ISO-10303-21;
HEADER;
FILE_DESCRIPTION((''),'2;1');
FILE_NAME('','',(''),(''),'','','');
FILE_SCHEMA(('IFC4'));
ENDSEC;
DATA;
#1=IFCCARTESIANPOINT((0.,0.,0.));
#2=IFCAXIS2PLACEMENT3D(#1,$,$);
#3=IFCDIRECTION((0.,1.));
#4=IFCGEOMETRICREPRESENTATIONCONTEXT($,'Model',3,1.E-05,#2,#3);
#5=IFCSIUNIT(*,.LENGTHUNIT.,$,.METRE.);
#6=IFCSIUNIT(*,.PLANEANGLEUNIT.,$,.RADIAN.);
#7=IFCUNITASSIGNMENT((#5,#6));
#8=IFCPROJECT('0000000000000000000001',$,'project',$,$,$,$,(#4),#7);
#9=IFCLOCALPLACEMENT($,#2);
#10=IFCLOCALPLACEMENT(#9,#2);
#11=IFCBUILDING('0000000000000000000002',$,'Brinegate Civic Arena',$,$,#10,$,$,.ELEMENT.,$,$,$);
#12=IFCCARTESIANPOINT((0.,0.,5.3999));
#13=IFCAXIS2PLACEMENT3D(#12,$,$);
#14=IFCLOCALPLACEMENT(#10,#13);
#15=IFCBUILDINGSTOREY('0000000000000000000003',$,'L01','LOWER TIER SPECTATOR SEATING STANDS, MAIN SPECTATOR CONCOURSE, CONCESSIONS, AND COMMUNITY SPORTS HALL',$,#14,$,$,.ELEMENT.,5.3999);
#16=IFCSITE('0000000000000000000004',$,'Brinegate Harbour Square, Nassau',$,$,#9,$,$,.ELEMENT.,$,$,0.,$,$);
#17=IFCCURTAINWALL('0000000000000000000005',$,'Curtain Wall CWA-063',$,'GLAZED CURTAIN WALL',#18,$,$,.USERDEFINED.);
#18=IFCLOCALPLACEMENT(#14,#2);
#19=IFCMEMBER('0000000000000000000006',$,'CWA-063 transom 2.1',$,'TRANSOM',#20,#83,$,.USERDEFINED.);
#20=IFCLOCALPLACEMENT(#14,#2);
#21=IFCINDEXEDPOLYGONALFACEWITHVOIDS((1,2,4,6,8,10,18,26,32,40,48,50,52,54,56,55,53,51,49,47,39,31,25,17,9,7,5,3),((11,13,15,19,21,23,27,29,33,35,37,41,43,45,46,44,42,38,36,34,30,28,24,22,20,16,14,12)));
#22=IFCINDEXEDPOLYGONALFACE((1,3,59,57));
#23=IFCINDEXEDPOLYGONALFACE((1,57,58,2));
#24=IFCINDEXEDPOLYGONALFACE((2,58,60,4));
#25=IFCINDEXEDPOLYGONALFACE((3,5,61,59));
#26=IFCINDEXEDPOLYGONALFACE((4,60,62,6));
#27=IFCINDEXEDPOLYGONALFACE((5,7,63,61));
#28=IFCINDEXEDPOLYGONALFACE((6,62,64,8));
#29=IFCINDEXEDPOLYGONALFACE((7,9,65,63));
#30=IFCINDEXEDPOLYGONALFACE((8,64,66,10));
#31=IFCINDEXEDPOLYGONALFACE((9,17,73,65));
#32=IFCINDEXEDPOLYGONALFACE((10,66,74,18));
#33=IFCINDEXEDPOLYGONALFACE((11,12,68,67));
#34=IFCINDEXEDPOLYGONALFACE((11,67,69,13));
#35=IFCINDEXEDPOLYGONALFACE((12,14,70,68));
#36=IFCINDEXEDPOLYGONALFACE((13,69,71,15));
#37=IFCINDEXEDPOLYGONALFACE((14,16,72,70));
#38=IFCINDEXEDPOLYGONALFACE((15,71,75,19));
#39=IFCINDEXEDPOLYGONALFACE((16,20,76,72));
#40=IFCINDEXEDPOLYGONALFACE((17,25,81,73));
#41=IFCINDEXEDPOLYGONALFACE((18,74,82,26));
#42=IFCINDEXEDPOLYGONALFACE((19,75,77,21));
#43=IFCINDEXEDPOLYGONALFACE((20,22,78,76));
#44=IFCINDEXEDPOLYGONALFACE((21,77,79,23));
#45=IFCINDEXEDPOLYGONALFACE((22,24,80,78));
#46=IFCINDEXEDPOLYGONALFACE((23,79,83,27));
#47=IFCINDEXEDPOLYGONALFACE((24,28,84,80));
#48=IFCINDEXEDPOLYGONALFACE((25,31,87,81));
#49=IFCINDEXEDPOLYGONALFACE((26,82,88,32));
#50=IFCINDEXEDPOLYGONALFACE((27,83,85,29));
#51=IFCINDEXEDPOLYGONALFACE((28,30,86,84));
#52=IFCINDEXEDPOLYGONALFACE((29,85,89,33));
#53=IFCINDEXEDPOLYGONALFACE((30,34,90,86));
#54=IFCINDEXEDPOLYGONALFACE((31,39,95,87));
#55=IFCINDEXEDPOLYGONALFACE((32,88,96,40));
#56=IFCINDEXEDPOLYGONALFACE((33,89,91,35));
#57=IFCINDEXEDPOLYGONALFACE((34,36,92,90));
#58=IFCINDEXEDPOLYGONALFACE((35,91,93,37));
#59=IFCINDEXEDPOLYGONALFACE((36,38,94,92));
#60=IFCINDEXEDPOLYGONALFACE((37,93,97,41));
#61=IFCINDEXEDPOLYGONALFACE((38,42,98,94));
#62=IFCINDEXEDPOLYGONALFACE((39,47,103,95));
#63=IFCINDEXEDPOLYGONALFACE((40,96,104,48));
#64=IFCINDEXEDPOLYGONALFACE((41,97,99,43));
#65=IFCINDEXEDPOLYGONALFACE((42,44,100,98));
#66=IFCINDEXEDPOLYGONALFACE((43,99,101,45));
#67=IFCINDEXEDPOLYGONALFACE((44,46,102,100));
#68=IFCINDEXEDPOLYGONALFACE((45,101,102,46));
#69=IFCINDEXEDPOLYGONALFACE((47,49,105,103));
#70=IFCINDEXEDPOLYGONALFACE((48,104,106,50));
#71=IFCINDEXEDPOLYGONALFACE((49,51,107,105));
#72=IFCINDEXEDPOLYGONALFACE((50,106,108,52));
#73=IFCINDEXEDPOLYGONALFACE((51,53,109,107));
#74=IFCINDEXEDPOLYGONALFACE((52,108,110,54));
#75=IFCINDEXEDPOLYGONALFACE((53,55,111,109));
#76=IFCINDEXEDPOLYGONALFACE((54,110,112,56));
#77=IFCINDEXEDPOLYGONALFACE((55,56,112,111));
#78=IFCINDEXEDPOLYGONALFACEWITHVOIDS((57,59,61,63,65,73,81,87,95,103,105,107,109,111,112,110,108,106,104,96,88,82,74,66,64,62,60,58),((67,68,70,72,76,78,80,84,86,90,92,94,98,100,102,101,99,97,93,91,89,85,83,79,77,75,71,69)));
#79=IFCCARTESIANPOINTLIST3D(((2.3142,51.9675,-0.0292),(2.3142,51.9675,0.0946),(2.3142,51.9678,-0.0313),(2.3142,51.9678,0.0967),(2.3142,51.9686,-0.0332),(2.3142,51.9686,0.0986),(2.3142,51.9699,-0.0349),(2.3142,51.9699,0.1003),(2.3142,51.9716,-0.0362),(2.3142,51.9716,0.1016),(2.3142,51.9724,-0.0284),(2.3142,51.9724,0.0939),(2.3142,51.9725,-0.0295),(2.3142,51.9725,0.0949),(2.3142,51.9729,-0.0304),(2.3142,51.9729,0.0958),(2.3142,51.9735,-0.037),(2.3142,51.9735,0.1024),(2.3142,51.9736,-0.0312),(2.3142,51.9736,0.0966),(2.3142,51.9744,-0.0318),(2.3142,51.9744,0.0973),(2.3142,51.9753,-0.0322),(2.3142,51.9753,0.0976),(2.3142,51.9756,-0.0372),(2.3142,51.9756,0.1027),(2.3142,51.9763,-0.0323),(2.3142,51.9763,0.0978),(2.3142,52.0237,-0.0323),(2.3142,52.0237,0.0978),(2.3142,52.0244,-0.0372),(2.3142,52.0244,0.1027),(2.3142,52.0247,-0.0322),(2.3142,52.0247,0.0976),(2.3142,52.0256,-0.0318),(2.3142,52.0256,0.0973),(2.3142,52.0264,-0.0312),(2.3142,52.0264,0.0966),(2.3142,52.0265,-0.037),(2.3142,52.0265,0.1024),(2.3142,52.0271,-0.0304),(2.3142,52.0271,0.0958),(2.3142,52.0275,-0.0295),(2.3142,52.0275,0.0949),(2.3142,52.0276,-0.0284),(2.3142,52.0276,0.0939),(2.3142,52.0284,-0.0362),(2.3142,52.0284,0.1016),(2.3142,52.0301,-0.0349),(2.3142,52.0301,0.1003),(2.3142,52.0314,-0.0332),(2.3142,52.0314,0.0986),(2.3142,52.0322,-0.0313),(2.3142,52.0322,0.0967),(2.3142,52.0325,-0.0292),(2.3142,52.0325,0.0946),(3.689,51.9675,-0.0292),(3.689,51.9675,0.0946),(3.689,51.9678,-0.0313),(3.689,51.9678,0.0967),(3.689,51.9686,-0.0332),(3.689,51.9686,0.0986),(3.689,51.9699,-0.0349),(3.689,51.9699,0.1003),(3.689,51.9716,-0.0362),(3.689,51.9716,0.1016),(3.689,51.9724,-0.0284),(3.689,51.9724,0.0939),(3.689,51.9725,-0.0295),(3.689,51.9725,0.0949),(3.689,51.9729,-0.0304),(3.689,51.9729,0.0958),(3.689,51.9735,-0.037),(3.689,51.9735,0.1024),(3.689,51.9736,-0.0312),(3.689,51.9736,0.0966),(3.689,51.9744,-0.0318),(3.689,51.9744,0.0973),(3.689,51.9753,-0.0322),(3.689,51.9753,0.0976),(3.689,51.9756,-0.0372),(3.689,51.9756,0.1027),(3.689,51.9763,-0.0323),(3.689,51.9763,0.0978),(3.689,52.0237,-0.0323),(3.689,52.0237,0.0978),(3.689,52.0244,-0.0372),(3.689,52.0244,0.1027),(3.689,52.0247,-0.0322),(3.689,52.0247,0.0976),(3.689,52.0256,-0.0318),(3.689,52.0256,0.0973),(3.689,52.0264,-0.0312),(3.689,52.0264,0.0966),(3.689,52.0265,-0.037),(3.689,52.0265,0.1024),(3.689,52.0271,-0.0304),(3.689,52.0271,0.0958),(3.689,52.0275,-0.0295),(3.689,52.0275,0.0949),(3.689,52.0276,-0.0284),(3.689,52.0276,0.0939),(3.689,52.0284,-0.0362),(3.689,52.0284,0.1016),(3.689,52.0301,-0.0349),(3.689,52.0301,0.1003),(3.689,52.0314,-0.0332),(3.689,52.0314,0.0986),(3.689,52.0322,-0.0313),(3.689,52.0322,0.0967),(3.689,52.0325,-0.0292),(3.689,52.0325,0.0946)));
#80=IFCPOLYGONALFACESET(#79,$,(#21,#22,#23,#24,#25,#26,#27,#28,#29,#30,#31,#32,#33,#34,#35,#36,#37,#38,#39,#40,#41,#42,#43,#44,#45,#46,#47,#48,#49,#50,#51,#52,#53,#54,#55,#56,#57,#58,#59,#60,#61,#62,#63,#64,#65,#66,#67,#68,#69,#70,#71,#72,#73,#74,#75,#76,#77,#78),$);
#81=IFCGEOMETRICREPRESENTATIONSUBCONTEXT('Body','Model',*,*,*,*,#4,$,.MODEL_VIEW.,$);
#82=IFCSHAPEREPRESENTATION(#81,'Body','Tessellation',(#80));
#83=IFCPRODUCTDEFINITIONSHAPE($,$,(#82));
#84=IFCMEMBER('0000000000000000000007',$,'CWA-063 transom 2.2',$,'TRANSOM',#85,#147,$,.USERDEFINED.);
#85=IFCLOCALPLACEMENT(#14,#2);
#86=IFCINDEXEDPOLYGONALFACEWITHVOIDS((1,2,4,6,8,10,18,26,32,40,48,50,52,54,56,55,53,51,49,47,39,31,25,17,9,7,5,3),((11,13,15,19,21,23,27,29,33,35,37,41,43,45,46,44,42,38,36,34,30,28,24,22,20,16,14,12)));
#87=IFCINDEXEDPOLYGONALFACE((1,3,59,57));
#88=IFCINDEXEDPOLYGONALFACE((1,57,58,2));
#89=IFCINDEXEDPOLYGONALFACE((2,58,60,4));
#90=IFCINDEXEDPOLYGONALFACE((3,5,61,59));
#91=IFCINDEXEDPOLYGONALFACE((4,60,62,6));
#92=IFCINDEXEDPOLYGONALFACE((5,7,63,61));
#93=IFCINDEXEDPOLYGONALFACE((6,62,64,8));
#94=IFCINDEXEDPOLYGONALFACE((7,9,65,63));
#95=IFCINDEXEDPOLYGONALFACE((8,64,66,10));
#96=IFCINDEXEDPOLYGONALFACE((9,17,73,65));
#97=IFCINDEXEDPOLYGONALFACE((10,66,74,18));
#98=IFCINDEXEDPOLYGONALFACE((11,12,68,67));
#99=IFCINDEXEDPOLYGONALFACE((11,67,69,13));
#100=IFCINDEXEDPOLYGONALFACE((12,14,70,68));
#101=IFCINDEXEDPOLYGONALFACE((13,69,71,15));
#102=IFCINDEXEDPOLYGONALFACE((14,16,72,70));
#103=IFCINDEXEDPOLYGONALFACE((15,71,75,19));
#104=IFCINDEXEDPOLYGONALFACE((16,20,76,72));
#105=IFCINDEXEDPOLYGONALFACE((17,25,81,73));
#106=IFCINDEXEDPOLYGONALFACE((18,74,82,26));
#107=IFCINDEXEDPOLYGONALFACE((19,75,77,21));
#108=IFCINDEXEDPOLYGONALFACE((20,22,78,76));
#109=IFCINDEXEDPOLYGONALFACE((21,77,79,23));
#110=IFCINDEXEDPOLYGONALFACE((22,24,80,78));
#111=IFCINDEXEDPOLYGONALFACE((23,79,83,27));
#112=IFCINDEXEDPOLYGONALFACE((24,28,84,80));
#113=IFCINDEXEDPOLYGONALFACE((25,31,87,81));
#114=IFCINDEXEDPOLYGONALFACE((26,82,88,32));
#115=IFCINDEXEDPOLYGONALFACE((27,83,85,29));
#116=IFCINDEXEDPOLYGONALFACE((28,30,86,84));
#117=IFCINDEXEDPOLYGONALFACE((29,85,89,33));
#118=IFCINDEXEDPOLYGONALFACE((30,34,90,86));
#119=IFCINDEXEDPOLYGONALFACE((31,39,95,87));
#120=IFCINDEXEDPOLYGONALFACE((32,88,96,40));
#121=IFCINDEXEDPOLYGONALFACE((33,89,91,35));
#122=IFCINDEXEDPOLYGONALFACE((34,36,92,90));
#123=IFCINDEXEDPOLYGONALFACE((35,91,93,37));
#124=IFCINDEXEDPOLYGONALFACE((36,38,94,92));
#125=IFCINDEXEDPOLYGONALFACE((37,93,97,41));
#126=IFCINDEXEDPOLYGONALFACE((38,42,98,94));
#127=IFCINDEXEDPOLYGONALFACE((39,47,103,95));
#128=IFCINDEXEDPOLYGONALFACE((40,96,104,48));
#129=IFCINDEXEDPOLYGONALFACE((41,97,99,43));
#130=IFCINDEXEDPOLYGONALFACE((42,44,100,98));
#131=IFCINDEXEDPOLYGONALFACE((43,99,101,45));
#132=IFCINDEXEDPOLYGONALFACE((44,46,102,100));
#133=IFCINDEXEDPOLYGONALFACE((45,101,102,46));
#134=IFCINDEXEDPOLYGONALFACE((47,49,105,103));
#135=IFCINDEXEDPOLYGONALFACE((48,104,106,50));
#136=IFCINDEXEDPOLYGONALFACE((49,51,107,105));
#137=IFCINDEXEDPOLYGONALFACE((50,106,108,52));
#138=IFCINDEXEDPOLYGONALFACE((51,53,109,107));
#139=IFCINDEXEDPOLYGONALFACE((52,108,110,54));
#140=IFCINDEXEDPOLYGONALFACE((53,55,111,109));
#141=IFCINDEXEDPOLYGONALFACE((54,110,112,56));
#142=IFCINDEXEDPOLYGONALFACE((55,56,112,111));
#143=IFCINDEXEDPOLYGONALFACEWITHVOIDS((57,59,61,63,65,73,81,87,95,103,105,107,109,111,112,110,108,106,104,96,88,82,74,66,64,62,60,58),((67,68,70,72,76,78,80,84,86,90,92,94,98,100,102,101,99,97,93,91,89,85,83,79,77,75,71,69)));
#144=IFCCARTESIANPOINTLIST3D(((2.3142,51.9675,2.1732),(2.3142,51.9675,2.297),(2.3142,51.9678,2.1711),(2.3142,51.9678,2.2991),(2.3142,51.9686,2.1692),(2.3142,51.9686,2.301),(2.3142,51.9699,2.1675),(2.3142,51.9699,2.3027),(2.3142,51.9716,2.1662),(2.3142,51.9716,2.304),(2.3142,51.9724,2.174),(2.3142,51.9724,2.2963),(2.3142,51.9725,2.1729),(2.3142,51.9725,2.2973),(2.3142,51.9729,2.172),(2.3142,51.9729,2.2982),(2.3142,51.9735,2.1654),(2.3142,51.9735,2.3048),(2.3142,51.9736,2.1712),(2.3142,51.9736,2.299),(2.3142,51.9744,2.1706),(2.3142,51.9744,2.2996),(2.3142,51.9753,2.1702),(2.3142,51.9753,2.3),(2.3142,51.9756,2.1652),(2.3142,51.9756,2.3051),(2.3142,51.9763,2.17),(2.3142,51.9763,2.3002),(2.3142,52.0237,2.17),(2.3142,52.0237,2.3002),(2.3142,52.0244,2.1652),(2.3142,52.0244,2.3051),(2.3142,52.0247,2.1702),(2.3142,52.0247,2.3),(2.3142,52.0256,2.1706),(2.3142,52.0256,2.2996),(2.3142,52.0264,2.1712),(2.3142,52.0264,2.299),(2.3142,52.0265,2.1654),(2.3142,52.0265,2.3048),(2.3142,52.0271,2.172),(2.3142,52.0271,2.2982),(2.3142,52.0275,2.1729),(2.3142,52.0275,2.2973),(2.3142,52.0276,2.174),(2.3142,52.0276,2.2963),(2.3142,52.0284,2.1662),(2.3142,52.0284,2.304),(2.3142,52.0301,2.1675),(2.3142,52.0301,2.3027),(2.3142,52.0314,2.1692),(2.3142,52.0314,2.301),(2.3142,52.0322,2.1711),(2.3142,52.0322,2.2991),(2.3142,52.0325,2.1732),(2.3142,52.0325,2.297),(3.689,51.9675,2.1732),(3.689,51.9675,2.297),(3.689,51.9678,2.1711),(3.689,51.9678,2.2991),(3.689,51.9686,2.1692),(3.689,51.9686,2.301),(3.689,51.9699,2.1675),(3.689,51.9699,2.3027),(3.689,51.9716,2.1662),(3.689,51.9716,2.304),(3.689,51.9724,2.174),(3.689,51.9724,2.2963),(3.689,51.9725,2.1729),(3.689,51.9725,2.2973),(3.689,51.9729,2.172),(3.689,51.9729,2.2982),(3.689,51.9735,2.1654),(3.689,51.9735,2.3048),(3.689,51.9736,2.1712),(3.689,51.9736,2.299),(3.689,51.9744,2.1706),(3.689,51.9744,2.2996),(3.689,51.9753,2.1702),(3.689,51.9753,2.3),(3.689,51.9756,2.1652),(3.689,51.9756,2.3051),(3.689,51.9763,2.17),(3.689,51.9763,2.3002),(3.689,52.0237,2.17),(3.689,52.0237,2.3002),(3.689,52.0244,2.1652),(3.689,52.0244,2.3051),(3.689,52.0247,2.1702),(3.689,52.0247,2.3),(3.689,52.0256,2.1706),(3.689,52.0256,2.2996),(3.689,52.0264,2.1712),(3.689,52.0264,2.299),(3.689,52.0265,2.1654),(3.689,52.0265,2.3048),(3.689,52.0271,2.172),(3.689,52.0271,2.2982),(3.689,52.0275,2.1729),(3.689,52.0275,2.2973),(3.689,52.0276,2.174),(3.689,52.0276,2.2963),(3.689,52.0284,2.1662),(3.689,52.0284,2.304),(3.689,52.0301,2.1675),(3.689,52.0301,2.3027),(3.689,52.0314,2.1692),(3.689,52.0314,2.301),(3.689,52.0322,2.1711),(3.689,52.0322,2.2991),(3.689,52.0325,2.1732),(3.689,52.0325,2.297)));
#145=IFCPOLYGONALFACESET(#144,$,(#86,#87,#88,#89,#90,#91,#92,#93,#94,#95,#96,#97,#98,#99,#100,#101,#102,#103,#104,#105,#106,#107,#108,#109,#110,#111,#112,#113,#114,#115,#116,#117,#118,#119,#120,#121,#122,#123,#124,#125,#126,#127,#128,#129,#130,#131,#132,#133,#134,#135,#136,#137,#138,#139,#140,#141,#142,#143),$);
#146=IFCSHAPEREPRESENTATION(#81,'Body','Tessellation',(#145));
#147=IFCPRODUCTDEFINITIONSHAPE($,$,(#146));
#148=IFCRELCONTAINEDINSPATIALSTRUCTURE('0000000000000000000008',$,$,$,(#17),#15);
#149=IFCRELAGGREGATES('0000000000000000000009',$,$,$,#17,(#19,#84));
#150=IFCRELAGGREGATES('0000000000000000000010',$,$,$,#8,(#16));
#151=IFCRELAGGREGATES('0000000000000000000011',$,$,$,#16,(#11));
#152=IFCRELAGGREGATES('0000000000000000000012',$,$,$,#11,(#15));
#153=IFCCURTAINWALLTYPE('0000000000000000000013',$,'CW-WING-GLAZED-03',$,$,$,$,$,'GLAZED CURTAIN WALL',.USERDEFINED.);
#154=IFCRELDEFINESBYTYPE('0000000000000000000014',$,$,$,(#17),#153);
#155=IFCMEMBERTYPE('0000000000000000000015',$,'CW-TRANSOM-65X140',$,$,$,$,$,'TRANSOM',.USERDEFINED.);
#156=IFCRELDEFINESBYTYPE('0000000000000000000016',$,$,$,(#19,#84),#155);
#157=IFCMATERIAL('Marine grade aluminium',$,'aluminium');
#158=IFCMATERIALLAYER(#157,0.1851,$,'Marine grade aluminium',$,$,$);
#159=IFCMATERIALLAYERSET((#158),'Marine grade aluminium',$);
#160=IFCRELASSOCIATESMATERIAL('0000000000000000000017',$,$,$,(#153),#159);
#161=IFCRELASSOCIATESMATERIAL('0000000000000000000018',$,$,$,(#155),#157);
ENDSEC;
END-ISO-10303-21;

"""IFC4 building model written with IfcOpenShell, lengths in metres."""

from ifc_helpers import new_model, si_unit, direction, frame, origin, origin_2d, place, context, subcontext, project, spatial, hollow_rectangle, extrude, material, layer, layer_set, material_profile, profile_set, type_object, element, aggregate, save


model = new_model("IFC4")

# Units and contexts
model_context = context("Model", 3, precision=1e-05, world=origin(), true_north=direction((0.0, 1.0)))
body_context = subcontext(model_context, "Body", "Model", "MODEL_VIEW")
ifc_project = project(units=[si_unit("LENGTHUNIT", "METRE"), si_unit("PLANEANGLEUNIT", "RADIAN")], contexts=[model_context])

# Site, building, storey
site_placement = place(None, origin())
site = spatial("IfcSite", under=ifc_project, at=site_placement, Name="Brinegate Harbour Square, Nassau", CompositionType="ELEMENT", RefElevation=0.0)
building_placement = place(site_placement, origin())
building = spatial("IfcBuilding", under=site, at=building_placement, Name="Brinegate Civic Arena", CompositionType="ELEMENT")
storey_placement = place(building_placement, frame((0.0, 0.0, 5.3999)))
storey = spatial("IfcBuildingStorey", under=building, at=storey_placement, Name="L01", Description="LOWER TIER SPECTATOR SEATING STANDS, MAIN SPECTATOR CONCOURSE, CONCESSIONS, AND COMMUNITY SPORTS HALL", CompositionType="ELEMENT", Elevation=5.3999)

# Curtain wall, members
ifc_material_1 = material(Name="Marine grade aluminium", Category="aluminium")
ifc_layer_1 = layer(ifc_material_1, 0.1851, Name="Marine grade aluminium")
ifc_layer_set_1 = layer_set([ifc_layer_1], Name="Marine grade aluminium")
curtain_wall_type = type_object("IfcCurtainWallType", Name="CW-WING-GLAZED-03", ElementType="GLAZED CURTAIN WALL", PredefinedType="USERDEFINED", material=ifc_layer_set_1)
curtain_wall_placement = place(storey_placement, origin())
curtain_wall = element("IfcCurtainWall", 1, at=curtain_wall_placement, inside=storey, type_object=curtain_wall_type, Name="Curtain Wall CWA-063", ObjectType="GLAZED CURTAIN WALL", PredefinedType="USERDEFINED")
ifc_material_profile_1 = material_profile(ifc_material_1, hollow_rectangle(XDim=0.0649, YDim=0.1399, WallThickness=0.0049, InnerFilletRadius=0.0039, OuterFilletRadius=0.0081, at=origin_2d()), Name="TRN65X140")
ifc_profile_set_1 = profile_set([ifc_material_profile_1], Name="Marine grade aluminium")
member_type_1 = type_object("IfcMemberType", Name="CW-TRANSOM-65X140", ElementType="TRANSOM", PredefinedType="USERDEFINED", material=ifc_profile_set_1)
member_1_placement = place(storey_placement, frame((2.3142, 52.0, 0.0327), z_axis=(1.0, 0.0, 0.0), x_axis=(0.0, 1.0, 0.0)))
member_1 = element("IfcMember", 2, at=member_1_placement, type_object=member_type_1, Name="CWA-063 transom 2.1", ObjectType="TRANSOM", PredefinedType="USERDEFINED", context=body_context, shape_type="SweptSolid", body=[
    extrude(hollow_rectangle(XDim=0.0649, YDim=0.1399, WallThickness=0.0049, InnerFilletRadius=0.0039, OuterFilletRadius=0.0081, at=origin_2d()), origin(), (0.0, 0.0, 1.0), 1.3748),
])
member_2_placement = place(storey_placement, frame((2.3142, 52.0, 2.2351), z_axis=(1.0, 0.0, 0.0), x_axis=(0.0, 1.0, 0.0)))
member_2 = element("IfcMember", 3, at=member_2_placement, type_object=member_type_1, Name="CWA-063 transom 2.2", ObjectType="TRANSOM", PredefinedType="USERDEFINED", context=body_context, shape_type="SweptSolid", body=[
    extrude(hollow_rectangle(XDim=0.0649, YDim=0.1399, WallThickness=0.0049, InnerFilletRadius=0.0039, OuterFilletRadius=0.0081, at=origin_2d()), origin(), (0.0, 0.0, 1.0), 1.3748),
])

aggregate(curtain_wall, [member_1, member_2])

save(model, "model.ifc")
